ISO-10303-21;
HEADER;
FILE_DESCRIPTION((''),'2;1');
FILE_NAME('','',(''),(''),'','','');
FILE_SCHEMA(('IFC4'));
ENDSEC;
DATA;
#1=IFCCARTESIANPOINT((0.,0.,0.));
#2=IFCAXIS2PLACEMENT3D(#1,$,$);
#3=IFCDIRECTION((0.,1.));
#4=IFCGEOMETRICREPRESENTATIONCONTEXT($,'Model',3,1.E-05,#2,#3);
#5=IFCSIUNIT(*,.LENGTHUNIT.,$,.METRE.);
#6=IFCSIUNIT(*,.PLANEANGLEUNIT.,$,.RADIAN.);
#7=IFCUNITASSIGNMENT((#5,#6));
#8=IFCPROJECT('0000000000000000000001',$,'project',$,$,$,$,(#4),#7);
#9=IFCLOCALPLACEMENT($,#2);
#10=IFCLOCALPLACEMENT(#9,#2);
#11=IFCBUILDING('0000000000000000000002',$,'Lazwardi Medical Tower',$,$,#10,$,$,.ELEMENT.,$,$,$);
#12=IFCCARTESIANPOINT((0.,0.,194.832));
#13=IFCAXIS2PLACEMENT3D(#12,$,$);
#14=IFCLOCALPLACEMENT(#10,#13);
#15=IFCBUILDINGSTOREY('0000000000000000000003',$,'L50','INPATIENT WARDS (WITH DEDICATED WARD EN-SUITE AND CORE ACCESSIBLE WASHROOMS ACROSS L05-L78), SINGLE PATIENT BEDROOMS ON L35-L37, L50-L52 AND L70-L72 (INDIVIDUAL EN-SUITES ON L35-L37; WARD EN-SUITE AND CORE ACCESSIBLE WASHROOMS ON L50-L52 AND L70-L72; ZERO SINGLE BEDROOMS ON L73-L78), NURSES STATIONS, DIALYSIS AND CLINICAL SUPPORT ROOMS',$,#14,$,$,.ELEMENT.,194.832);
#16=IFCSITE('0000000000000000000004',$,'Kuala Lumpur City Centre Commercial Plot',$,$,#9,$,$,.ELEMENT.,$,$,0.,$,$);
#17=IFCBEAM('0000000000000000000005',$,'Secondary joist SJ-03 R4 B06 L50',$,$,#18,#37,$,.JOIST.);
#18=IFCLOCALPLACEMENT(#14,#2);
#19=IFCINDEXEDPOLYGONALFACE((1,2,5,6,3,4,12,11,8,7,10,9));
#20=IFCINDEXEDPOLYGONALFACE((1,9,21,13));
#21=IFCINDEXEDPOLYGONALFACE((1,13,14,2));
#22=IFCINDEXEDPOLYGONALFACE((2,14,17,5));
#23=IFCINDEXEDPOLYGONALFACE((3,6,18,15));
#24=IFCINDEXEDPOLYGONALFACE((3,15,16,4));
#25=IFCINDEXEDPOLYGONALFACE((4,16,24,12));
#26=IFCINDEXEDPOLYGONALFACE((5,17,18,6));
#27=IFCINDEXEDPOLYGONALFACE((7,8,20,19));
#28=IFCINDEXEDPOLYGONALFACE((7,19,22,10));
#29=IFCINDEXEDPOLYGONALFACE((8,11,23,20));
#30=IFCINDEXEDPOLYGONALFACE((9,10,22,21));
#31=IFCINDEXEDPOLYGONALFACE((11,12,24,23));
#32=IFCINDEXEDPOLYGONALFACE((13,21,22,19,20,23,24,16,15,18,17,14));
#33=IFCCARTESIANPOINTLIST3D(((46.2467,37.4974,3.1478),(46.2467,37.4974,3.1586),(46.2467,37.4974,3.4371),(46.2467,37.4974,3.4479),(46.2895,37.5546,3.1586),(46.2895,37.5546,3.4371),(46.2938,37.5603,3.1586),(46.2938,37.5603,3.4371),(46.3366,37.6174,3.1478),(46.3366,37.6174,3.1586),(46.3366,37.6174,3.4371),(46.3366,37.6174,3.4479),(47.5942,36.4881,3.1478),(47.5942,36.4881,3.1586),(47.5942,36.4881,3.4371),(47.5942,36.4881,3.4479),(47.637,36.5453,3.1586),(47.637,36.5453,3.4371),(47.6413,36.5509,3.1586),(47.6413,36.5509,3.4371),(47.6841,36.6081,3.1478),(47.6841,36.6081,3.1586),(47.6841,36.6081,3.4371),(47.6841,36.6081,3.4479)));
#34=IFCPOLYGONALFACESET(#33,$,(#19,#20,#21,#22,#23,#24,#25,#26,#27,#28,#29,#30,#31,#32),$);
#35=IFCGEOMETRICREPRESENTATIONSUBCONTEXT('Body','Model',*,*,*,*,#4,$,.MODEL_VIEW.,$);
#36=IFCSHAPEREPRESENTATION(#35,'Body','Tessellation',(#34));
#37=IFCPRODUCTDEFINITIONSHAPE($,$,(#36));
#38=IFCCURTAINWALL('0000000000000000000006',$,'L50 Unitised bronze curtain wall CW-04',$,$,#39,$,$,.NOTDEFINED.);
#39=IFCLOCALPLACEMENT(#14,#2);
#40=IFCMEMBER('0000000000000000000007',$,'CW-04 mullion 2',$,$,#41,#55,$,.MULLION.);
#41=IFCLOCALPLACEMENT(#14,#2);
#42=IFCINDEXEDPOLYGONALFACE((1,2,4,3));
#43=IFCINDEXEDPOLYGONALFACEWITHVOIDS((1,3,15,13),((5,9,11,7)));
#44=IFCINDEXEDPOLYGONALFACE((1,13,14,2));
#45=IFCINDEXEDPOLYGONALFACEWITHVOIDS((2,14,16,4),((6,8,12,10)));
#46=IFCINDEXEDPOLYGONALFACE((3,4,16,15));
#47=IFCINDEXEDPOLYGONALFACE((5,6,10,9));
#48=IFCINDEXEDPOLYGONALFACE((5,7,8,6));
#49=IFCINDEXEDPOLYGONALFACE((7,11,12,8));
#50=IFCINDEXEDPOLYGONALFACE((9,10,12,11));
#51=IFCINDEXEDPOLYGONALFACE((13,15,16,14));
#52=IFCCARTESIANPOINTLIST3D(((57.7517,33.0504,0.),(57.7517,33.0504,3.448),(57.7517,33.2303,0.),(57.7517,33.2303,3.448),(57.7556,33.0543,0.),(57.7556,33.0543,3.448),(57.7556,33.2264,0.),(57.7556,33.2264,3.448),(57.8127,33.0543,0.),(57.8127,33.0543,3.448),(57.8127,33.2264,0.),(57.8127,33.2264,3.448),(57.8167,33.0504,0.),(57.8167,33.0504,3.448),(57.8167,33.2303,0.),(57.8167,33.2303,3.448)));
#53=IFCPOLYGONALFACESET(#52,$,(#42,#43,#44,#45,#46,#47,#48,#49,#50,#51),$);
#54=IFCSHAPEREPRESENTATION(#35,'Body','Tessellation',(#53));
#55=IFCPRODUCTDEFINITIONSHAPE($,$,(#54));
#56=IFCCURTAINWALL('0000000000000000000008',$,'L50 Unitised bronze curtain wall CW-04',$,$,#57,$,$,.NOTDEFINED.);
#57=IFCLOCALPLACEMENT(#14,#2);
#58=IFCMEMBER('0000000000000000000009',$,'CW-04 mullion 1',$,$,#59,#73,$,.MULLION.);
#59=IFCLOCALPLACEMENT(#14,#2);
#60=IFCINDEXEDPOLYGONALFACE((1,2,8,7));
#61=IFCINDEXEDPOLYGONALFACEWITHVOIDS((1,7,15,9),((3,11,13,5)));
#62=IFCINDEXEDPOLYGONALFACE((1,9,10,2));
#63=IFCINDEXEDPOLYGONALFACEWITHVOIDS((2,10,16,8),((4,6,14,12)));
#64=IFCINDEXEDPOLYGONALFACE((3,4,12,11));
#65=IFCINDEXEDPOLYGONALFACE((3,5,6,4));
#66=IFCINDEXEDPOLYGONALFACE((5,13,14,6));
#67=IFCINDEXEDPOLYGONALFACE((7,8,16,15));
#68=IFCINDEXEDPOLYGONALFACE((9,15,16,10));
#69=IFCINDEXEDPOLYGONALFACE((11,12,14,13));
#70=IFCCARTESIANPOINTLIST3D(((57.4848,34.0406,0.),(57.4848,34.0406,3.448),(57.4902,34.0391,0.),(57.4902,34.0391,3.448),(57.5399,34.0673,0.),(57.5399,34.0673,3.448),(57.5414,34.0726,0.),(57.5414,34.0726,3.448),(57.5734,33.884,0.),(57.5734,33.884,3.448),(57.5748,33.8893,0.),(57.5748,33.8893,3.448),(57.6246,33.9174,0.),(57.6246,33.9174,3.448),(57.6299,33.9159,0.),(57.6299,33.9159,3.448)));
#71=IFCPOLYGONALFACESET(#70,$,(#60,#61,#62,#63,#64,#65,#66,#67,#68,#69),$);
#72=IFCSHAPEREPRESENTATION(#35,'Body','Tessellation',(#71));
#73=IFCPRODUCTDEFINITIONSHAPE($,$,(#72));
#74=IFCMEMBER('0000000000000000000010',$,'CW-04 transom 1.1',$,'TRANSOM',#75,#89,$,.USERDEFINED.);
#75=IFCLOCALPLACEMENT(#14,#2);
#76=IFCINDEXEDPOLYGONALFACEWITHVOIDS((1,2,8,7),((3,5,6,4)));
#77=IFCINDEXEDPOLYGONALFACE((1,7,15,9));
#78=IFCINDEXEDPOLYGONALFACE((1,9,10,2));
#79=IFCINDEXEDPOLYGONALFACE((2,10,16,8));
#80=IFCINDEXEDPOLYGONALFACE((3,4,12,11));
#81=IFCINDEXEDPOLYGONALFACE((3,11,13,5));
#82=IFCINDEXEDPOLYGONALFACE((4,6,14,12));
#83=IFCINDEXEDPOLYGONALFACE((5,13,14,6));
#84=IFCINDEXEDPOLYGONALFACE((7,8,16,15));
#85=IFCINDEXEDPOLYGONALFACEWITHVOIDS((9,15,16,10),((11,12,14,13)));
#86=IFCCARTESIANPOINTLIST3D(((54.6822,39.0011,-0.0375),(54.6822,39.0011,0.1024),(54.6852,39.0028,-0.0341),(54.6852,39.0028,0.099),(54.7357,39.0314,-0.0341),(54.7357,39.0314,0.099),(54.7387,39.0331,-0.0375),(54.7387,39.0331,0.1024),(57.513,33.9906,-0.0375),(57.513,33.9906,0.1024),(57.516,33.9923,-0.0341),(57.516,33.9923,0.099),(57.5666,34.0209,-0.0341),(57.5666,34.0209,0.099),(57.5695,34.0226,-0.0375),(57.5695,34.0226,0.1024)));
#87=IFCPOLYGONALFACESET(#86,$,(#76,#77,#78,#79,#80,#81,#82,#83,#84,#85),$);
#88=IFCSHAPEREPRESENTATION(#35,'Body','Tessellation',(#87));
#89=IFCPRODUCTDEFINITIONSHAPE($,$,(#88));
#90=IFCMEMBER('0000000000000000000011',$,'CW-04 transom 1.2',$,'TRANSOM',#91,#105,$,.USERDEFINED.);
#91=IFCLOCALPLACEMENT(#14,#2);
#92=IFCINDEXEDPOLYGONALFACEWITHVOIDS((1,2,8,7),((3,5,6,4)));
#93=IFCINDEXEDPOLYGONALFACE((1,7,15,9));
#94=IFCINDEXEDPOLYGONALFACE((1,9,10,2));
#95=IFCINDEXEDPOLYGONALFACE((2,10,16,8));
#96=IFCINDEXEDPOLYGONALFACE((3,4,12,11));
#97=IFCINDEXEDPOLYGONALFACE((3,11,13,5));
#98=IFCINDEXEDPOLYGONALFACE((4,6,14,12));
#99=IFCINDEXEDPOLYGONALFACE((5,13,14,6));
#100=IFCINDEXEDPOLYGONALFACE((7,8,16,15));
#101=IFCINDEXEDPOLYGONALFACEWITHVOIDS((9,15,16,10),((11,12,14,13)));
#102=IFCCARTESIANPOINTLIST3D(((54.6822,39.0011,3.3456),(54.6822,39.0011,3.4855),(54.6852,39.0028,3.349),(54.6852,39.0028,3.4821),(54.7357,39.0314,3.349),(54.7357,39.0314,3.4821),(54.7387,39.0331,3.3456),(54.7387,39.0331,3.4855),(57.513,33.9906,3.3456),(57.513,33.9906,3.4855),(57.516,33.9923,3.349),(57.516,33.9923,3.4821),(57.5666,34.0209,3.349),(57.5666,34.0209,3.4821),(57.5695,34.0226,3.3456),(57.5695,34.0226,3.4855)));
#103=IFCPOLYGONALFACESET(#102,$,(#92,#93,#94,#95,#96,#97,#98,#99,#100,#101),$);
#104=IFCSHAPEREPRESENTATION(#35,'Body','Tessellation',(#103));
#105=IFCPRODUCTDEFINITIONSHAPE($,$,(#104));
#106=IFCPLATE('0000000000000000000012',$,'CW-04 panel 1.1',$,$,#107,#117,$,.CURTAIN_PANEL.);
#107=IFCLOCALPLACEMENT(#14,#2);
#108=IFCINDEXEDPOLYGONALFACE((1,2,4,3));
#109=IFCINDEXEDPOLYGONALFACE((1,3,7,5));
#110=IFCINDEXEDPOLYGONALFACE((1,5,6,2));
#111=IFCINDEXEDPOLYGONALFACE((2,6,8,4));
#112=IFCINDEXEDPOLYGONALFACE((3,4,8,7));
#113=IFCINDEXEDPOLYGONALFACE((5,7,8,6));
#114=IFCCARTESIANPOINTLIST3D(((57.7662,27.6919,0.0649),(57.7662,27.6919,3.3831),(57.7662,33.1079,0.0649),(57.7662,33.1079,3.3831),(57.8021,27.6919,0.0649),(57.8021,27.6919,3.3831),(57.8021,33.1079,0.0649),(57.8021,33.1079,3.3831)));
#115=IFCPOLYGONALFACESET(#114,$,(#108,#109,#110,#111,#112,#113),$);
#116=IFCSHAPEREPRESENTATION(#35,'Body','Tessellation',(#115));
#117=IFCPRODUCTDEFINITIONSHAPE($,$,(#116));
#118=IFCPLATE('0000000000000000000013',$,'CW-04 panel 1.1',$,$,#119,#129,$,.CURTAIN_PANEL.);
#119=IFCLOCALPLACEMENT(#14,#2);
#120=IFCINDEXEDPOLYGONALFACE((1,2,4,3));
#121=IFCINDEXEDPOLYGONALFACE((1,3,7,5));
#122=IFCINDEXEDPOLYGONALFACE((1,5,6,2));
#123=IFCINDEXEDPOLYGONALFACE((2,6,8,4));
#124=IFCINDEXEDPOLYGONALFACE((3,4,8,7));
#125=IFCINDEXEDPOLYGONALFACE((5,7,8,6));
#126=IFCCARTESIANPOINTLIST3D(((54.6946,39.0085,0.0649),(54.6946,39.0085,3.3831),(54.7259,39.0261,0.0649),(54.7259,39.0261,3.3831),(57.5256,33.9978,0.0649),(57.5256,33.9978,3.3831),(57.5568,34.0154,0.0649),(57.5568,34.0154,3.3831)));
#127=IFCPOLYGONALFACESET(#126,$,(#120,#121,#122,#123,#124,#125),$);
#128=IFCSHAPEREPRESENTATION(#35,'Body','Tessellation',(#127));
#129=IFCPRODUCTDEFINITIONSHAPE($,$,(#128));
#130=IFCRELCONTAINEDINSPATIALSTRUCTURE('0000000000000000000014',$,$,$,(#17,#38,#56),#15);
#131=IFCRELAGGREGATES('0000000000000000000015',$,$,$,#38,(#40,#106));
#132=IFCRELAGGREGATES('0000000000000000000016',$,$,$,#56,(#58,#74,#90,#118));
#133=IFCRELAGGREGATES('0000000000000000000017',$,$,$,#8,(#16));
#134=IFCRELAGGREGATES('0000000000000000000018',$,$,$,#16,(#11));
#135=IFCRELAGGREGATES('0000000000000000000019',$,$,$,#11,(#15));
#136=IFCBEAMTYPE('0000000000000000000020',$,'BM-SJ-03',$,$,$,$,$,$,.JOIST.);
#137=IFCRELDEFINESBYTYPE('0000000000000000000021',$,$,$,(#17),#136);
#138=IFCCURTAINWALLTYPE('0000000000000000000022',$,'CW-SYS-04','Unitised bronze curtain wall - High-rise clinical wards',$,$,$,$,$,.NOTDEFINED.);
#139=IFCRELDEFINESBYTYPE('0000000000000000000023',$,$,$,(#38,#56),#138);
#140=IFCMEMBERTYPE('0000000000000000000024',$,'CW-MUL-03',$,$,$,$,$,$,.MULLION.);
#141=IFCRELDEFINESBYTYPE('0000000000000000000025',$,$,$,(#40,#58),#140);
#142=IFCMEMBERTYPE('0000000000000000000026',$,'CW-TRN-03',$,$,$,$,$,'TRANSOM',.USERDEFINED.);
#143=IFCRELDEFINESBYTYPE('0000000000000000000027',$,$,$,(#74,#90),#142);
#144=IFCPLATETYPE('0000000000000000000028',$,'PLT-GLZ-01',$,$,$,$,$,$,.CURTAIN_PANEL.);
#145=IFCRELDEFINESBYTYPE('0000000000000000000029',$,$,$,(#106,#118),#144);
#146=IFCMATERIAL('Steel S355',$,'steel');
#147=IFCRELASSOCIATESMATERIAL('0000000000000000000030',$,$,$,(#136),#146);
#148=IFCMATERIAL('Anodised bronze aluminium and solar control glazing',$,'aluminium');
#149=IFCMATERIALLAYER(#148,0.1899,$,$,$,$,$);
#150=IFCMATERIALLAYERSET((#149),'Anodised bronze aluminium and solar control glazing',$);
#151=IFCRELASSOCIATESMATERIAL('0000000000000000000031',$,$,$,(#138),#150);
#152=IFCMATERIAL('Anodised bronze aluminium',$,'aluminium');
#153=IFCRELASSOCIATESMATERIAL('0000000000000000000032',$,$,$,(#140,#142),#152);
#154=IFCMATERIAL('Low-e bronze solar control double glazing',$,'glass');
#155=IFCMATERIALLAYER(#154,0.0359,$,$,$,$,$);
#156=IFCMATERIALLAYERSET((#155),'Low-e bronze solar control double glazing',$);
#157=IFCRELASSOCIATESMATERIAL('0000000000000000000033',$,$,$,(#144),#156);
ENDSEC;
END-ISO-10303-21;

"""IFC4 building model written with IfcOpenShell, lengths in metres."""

from ifc_helpers import new_model, si_unit, direction, frame, origin, origin_2d, place, context, subcontext, project, spatial, rectangle, hollow_rectangle, i_section, extrude, material, layer, layer_set, material_profile, profile_set, type_object, element, aggregate, save


model = new_model("IFC4")

# Units and contexts
model_context = context("Model", 3, precision=1e-05, world=origin(), true_north=direction((0.0, 1.0)))
body_context = subcontext(model_context, "Body", "Model", "MODEL_VIEW")
ifc_project = project(units=[si_unit("LENGTHUNIT", "METRE"), si_unit("PLANEANGLEUNIT", "RADIAN")], contexts=[model_context])

# Site, building, storey
site_placement = place(None, origin())
site = spatial("IfcSite", under=ifc_project, at=site_placement, Name="Kuala Lumpur City Centre Commercial Plot", CompositionType="ELEMENT", RefElevation=0.0)
building_placement = place(site_placement, origin())
building = spatial("IfcBuilding", under=site, at=building_placement, Name="Lazwardi Medical Tower", CompositionType="ELEMENT")
storey_placement = place(building_placement, frame((0.0, 0.0, 194.832)))
storey = spatial("IfcBuildingStorey", under=building, at=storey_placement, Name="L50", Description="INPATIENT WARDS (WITH DEDICATED WARD EN-SUITE AND CORE ACCESSIBLE WASHROOMS ACROSS L05-L78), SINGLE PATIENT BEDROOMS ON L35-L37, L50-L52 AND L70-L72 (INDIVIDUAL EN-SUITES ON L35-L37; WARD EN-SUITE AND CORE ACCESSIBLE WASHROOMS ON L50-L52 AND L70-L72; ZERO SINGLE BEDROOMS ON L73-L78), NURSES STATIONS, DIALYSIS AND CLINICAL SUPPORT ROOMS", CompositionType="ELEMENT", Elevation=194.832)

# Beam
ifc_material_1 = material(Name="Steel S355", Category="steel")
ifc_material_profile_1 = material_profile(ifc_material_1, i_section(OverallWidth=0.1499, OverallDepth=0.3, WebThickness=0.0071, FlangeThickness=0.0107, at=origin_2d()), Name="IPE 300")
ifc_profile_set_1 = profile_set([ifc_material_profile_1], Name="Steel S355")
beam_type_1 = type_object("IfcBeamType", Name="BM-SJ-03", PredefinedType="JOIST", material=ifc_profile_set_1)
beam_1_placement = place(storey_placement, frame((47.6392, 36.5481, 3.2979), z_axis=(-0.800365, 0.599513, 0.0), x_axis=(-0.599513, -0.800365, 0.0)))
element("IfcBeam", 1, at=beam_1_placement, inside=storey, type_object=beam_type_1, Name="Secondary joist SJ-03 R4 B06 L50", PredefinedType="JOIST", context=body_context, shape_type="SweptSolid", body=[
    extrude(i_section(OverallWidth=0.1499, OverallDepth=0.3, WebThickness=0.0071, FlangeThickness=0.0107, at=origin_2d()), origin(), (0.0, 0.0, 1.0), 1.6836),
])

# Curtain wall, member
ifc_material_2 = material(Name="Anodised bronze aluminium and solar control glazing", Category="aluminium")
ifc_layer_1 = layer(ifc_material_2, 0.1899)
ifc_layer_set_1 = layer_set([ifc_layer_1], Name="Anodised bronze aluminium and solar control glazing")
curtain_wall_type = type_object("IfcCurtainWallType", Name="CW-SYS-04", Description="Unitised bronze curtain wall - High-rise clinical wards", PredefinedType="NOTDEFINED", material=ifc_layer_set_1)
curtain_wall_1_placement = place(storey_placement, origin())
curtain_wall_1 = element("IfcCurtainWall", 2, at=curtain_wall_1_placement, inside=storey, type_object=curtain_wall_type, Name="L50 Unitised bronze curtain wall CW-04", PredefinedType="NOTDEFINED")
ifc_material_3 = material(Name="Anodised bronze aluminium", Category="aluminium")
ifc_material_profile_2 = material_profile(ifc_material_3, hollow_rectangle(XDim=0.0649, YDim=0.1799, WallThickness=0.0039, at=origin_2d()), Name="ALU-MULLION 180x65x4")
ifc_profile_set_2 = profile_set([ifc_material_profile_2], Name="Anodised bronze aluminium")
member_type_1 = type_object("IfcMemberType", Name="CW-MUL-03", PredefinedType="MULLION", material=ifc_profile_set_2)
member_1_placement = place(storey_placement, frame((57.7842, 33.1404, 0.0), z_axis=(0.0, 0.0, 1.0), x_axis=(-1.0, 0.0, 0.0)))
member_1 = element("IfcMember", 3, at=member_1_placement, type_object=member_type_1, Name="CW-04 mullion 2", PredefinedType="MULLION", context=body_context, shape_type="SweptSolid", body=[
    extrude(hollow_rectangle(XDim=0.0649, YDim=0.1799, WallThickness=0.0039, at=origin_2d()), origin(), (0.0, 0.0, 1.0), 3.448),
])

# Curtain wall, members
curtain_wall_2_placement = place(storey_placement, origin())
curtain_wall_2 = element("IfcCurtainWall", 4, at=curtain_wall_2_placement, inside=storey, type_object=curtain_wall_type, Name="L50 Unitised bronze curtain wall CW-04", PredefinedType="NOTDEFINED")
member_2_placement = place(storey_placement, frame((57.5574, 33.9783, 0.0), z_axis=(0.0, 0.0, 1.0), x_axis=(-0.870651, -0.4919, 0.0)))
member_2 = element("IfcMember", 5, at=member_2_placement, type_object=member_type_1, Name="CW-04 mullion 1", PredefinedType="MULLION", context=body_context, shape_type="SweptSolid", body=[
    extrude(hollow_rectangle(XDim=0.0649, YDim=0.1799, WallThickness=0.0039, at=origin_2d()), origin(), (0.0, 0.0, 1.0), 3.448),
])
ifc_material_profile_3 = material_profile(ifc_material_3, hollow_rectangle(XDim=0.0649, YDim=0.1399, WallThickness=0.0034, at=origin_2d()), Name="ALU-TRANSOM 140x65x3.5")
ifc_profile_set_3 = profile_set([ifc_material_profile_3], Name="Anodised bronze aluminium")
member_type_2 = type_object("IfcMemberType", Name="CW-TRN-03", ElementType="TRANSOM", PredefinedType="USERDEFINED", material=ifc_profile_set_3)
member_3_placement = place(storey_placement, frame((57.5413, 34.0066, 0.0325), z_axis=(-0.491898, 0.870653, 0.0), x_axis=(-0.870653, -0.491898, 0.0)))
member_3 = element("IfcMember", 6, at=member_3_placement, type_object=member_type_2, Name="CW-04 transom 1.1", ObjectType="TRANSOM", PredefinedType="USERDEFINED", context=body_context, shape_type="SweptSolid", body=[
    extrude(hollow_rectangle(XDim=0.0649, YDim=0.1399, WallThickness=0.0034, at=origin_2d()), origin(), (0.0, 0.0, 1.0), 5.7549),
])
member_4_placement = place(storey_placement, frame((57.5413, 34.0066, 3.4155), z_axis=(-0.491898, 0.870653, 0.0), x_axis=(-0.870653, -0.491898, 0.0)))
member_4 = element("IfcMember", 7, at=member_4_placement, type_object=member_type_2, Name="CW-04 transom 1.2", ObjectType="TRANSOM", PredefinedType="USERDEFINED", context=body_context, shape_type="SweptSolid", body=[
    extrude(hollow_rectangle(XDim=0.0649, YDim=0.1399, WallThickness=0.0034, at=origin_2d()), origin(), (0.0, 0.0, 1.0), 5.7549),
])

# Plates
ifc_material_4 = material(Name="Low-e bronze solar control double glazing", Category="glass")
ifc_layer_2 = layer(ifc_material_4, 0.0359)
ifc_layer_set_2 = layer_set([ifc_layer_2], Name="Low-e bronze solar control double glazing")
plate_type = type_object("IfcPlateType", Name="PLT-GLZ-01", PredefinedType="CURTAIN_PANEL", material=ifc_layer_set_2)
plate_1_placement = place(storey_placement, frame((57.7842, 30.3999, 0.0649), z_axis=(0.0, 0.0, 1.0), x_axis=(0.0, 1.0, 0.0)))
plate_1 = element("IfcPlate", 8, at=plate_1_placement, type_object=plate_type, Name="CW-04 panel 1.1", PredefinedType="CURTAIN_PANEL", context=body_context, shape_type="SweptSolid", body=[
    extrude(rectangle(XDim=5.416, YDim=0.0359, at=origin_2d()), origin(), (0.0, 0.0, 1.0), 3.3181),
])
aggregate(curtain_wall_1, [member_1, plate_1])
plate_2_placement = place(storey_placement, frame((56.1257, 36.512, 0.0649), z_axis=(0.0, 0.0, 1.0), x_axis=(-0.4919, 0.870651, 0.0)))
plate_2 = element("IfcPlate", 9, at=plate_2_placement, type_object=plate_type, Name="CW-04 panel 1.1", PredefinedType="CURTAIN_PANEL", context=body_context, shape_type="SweptSolid", body=[
    extrude(rectangle(XDim=5.7551, YDim=0.0359, at=origin_2d()), origin(), (0.0, 0.0, 1.0), 3.3181),
])
aggregate(curtain_wall_2, [member_2, member_3, member_4, plate_2])

save(model, "model.ifc")
